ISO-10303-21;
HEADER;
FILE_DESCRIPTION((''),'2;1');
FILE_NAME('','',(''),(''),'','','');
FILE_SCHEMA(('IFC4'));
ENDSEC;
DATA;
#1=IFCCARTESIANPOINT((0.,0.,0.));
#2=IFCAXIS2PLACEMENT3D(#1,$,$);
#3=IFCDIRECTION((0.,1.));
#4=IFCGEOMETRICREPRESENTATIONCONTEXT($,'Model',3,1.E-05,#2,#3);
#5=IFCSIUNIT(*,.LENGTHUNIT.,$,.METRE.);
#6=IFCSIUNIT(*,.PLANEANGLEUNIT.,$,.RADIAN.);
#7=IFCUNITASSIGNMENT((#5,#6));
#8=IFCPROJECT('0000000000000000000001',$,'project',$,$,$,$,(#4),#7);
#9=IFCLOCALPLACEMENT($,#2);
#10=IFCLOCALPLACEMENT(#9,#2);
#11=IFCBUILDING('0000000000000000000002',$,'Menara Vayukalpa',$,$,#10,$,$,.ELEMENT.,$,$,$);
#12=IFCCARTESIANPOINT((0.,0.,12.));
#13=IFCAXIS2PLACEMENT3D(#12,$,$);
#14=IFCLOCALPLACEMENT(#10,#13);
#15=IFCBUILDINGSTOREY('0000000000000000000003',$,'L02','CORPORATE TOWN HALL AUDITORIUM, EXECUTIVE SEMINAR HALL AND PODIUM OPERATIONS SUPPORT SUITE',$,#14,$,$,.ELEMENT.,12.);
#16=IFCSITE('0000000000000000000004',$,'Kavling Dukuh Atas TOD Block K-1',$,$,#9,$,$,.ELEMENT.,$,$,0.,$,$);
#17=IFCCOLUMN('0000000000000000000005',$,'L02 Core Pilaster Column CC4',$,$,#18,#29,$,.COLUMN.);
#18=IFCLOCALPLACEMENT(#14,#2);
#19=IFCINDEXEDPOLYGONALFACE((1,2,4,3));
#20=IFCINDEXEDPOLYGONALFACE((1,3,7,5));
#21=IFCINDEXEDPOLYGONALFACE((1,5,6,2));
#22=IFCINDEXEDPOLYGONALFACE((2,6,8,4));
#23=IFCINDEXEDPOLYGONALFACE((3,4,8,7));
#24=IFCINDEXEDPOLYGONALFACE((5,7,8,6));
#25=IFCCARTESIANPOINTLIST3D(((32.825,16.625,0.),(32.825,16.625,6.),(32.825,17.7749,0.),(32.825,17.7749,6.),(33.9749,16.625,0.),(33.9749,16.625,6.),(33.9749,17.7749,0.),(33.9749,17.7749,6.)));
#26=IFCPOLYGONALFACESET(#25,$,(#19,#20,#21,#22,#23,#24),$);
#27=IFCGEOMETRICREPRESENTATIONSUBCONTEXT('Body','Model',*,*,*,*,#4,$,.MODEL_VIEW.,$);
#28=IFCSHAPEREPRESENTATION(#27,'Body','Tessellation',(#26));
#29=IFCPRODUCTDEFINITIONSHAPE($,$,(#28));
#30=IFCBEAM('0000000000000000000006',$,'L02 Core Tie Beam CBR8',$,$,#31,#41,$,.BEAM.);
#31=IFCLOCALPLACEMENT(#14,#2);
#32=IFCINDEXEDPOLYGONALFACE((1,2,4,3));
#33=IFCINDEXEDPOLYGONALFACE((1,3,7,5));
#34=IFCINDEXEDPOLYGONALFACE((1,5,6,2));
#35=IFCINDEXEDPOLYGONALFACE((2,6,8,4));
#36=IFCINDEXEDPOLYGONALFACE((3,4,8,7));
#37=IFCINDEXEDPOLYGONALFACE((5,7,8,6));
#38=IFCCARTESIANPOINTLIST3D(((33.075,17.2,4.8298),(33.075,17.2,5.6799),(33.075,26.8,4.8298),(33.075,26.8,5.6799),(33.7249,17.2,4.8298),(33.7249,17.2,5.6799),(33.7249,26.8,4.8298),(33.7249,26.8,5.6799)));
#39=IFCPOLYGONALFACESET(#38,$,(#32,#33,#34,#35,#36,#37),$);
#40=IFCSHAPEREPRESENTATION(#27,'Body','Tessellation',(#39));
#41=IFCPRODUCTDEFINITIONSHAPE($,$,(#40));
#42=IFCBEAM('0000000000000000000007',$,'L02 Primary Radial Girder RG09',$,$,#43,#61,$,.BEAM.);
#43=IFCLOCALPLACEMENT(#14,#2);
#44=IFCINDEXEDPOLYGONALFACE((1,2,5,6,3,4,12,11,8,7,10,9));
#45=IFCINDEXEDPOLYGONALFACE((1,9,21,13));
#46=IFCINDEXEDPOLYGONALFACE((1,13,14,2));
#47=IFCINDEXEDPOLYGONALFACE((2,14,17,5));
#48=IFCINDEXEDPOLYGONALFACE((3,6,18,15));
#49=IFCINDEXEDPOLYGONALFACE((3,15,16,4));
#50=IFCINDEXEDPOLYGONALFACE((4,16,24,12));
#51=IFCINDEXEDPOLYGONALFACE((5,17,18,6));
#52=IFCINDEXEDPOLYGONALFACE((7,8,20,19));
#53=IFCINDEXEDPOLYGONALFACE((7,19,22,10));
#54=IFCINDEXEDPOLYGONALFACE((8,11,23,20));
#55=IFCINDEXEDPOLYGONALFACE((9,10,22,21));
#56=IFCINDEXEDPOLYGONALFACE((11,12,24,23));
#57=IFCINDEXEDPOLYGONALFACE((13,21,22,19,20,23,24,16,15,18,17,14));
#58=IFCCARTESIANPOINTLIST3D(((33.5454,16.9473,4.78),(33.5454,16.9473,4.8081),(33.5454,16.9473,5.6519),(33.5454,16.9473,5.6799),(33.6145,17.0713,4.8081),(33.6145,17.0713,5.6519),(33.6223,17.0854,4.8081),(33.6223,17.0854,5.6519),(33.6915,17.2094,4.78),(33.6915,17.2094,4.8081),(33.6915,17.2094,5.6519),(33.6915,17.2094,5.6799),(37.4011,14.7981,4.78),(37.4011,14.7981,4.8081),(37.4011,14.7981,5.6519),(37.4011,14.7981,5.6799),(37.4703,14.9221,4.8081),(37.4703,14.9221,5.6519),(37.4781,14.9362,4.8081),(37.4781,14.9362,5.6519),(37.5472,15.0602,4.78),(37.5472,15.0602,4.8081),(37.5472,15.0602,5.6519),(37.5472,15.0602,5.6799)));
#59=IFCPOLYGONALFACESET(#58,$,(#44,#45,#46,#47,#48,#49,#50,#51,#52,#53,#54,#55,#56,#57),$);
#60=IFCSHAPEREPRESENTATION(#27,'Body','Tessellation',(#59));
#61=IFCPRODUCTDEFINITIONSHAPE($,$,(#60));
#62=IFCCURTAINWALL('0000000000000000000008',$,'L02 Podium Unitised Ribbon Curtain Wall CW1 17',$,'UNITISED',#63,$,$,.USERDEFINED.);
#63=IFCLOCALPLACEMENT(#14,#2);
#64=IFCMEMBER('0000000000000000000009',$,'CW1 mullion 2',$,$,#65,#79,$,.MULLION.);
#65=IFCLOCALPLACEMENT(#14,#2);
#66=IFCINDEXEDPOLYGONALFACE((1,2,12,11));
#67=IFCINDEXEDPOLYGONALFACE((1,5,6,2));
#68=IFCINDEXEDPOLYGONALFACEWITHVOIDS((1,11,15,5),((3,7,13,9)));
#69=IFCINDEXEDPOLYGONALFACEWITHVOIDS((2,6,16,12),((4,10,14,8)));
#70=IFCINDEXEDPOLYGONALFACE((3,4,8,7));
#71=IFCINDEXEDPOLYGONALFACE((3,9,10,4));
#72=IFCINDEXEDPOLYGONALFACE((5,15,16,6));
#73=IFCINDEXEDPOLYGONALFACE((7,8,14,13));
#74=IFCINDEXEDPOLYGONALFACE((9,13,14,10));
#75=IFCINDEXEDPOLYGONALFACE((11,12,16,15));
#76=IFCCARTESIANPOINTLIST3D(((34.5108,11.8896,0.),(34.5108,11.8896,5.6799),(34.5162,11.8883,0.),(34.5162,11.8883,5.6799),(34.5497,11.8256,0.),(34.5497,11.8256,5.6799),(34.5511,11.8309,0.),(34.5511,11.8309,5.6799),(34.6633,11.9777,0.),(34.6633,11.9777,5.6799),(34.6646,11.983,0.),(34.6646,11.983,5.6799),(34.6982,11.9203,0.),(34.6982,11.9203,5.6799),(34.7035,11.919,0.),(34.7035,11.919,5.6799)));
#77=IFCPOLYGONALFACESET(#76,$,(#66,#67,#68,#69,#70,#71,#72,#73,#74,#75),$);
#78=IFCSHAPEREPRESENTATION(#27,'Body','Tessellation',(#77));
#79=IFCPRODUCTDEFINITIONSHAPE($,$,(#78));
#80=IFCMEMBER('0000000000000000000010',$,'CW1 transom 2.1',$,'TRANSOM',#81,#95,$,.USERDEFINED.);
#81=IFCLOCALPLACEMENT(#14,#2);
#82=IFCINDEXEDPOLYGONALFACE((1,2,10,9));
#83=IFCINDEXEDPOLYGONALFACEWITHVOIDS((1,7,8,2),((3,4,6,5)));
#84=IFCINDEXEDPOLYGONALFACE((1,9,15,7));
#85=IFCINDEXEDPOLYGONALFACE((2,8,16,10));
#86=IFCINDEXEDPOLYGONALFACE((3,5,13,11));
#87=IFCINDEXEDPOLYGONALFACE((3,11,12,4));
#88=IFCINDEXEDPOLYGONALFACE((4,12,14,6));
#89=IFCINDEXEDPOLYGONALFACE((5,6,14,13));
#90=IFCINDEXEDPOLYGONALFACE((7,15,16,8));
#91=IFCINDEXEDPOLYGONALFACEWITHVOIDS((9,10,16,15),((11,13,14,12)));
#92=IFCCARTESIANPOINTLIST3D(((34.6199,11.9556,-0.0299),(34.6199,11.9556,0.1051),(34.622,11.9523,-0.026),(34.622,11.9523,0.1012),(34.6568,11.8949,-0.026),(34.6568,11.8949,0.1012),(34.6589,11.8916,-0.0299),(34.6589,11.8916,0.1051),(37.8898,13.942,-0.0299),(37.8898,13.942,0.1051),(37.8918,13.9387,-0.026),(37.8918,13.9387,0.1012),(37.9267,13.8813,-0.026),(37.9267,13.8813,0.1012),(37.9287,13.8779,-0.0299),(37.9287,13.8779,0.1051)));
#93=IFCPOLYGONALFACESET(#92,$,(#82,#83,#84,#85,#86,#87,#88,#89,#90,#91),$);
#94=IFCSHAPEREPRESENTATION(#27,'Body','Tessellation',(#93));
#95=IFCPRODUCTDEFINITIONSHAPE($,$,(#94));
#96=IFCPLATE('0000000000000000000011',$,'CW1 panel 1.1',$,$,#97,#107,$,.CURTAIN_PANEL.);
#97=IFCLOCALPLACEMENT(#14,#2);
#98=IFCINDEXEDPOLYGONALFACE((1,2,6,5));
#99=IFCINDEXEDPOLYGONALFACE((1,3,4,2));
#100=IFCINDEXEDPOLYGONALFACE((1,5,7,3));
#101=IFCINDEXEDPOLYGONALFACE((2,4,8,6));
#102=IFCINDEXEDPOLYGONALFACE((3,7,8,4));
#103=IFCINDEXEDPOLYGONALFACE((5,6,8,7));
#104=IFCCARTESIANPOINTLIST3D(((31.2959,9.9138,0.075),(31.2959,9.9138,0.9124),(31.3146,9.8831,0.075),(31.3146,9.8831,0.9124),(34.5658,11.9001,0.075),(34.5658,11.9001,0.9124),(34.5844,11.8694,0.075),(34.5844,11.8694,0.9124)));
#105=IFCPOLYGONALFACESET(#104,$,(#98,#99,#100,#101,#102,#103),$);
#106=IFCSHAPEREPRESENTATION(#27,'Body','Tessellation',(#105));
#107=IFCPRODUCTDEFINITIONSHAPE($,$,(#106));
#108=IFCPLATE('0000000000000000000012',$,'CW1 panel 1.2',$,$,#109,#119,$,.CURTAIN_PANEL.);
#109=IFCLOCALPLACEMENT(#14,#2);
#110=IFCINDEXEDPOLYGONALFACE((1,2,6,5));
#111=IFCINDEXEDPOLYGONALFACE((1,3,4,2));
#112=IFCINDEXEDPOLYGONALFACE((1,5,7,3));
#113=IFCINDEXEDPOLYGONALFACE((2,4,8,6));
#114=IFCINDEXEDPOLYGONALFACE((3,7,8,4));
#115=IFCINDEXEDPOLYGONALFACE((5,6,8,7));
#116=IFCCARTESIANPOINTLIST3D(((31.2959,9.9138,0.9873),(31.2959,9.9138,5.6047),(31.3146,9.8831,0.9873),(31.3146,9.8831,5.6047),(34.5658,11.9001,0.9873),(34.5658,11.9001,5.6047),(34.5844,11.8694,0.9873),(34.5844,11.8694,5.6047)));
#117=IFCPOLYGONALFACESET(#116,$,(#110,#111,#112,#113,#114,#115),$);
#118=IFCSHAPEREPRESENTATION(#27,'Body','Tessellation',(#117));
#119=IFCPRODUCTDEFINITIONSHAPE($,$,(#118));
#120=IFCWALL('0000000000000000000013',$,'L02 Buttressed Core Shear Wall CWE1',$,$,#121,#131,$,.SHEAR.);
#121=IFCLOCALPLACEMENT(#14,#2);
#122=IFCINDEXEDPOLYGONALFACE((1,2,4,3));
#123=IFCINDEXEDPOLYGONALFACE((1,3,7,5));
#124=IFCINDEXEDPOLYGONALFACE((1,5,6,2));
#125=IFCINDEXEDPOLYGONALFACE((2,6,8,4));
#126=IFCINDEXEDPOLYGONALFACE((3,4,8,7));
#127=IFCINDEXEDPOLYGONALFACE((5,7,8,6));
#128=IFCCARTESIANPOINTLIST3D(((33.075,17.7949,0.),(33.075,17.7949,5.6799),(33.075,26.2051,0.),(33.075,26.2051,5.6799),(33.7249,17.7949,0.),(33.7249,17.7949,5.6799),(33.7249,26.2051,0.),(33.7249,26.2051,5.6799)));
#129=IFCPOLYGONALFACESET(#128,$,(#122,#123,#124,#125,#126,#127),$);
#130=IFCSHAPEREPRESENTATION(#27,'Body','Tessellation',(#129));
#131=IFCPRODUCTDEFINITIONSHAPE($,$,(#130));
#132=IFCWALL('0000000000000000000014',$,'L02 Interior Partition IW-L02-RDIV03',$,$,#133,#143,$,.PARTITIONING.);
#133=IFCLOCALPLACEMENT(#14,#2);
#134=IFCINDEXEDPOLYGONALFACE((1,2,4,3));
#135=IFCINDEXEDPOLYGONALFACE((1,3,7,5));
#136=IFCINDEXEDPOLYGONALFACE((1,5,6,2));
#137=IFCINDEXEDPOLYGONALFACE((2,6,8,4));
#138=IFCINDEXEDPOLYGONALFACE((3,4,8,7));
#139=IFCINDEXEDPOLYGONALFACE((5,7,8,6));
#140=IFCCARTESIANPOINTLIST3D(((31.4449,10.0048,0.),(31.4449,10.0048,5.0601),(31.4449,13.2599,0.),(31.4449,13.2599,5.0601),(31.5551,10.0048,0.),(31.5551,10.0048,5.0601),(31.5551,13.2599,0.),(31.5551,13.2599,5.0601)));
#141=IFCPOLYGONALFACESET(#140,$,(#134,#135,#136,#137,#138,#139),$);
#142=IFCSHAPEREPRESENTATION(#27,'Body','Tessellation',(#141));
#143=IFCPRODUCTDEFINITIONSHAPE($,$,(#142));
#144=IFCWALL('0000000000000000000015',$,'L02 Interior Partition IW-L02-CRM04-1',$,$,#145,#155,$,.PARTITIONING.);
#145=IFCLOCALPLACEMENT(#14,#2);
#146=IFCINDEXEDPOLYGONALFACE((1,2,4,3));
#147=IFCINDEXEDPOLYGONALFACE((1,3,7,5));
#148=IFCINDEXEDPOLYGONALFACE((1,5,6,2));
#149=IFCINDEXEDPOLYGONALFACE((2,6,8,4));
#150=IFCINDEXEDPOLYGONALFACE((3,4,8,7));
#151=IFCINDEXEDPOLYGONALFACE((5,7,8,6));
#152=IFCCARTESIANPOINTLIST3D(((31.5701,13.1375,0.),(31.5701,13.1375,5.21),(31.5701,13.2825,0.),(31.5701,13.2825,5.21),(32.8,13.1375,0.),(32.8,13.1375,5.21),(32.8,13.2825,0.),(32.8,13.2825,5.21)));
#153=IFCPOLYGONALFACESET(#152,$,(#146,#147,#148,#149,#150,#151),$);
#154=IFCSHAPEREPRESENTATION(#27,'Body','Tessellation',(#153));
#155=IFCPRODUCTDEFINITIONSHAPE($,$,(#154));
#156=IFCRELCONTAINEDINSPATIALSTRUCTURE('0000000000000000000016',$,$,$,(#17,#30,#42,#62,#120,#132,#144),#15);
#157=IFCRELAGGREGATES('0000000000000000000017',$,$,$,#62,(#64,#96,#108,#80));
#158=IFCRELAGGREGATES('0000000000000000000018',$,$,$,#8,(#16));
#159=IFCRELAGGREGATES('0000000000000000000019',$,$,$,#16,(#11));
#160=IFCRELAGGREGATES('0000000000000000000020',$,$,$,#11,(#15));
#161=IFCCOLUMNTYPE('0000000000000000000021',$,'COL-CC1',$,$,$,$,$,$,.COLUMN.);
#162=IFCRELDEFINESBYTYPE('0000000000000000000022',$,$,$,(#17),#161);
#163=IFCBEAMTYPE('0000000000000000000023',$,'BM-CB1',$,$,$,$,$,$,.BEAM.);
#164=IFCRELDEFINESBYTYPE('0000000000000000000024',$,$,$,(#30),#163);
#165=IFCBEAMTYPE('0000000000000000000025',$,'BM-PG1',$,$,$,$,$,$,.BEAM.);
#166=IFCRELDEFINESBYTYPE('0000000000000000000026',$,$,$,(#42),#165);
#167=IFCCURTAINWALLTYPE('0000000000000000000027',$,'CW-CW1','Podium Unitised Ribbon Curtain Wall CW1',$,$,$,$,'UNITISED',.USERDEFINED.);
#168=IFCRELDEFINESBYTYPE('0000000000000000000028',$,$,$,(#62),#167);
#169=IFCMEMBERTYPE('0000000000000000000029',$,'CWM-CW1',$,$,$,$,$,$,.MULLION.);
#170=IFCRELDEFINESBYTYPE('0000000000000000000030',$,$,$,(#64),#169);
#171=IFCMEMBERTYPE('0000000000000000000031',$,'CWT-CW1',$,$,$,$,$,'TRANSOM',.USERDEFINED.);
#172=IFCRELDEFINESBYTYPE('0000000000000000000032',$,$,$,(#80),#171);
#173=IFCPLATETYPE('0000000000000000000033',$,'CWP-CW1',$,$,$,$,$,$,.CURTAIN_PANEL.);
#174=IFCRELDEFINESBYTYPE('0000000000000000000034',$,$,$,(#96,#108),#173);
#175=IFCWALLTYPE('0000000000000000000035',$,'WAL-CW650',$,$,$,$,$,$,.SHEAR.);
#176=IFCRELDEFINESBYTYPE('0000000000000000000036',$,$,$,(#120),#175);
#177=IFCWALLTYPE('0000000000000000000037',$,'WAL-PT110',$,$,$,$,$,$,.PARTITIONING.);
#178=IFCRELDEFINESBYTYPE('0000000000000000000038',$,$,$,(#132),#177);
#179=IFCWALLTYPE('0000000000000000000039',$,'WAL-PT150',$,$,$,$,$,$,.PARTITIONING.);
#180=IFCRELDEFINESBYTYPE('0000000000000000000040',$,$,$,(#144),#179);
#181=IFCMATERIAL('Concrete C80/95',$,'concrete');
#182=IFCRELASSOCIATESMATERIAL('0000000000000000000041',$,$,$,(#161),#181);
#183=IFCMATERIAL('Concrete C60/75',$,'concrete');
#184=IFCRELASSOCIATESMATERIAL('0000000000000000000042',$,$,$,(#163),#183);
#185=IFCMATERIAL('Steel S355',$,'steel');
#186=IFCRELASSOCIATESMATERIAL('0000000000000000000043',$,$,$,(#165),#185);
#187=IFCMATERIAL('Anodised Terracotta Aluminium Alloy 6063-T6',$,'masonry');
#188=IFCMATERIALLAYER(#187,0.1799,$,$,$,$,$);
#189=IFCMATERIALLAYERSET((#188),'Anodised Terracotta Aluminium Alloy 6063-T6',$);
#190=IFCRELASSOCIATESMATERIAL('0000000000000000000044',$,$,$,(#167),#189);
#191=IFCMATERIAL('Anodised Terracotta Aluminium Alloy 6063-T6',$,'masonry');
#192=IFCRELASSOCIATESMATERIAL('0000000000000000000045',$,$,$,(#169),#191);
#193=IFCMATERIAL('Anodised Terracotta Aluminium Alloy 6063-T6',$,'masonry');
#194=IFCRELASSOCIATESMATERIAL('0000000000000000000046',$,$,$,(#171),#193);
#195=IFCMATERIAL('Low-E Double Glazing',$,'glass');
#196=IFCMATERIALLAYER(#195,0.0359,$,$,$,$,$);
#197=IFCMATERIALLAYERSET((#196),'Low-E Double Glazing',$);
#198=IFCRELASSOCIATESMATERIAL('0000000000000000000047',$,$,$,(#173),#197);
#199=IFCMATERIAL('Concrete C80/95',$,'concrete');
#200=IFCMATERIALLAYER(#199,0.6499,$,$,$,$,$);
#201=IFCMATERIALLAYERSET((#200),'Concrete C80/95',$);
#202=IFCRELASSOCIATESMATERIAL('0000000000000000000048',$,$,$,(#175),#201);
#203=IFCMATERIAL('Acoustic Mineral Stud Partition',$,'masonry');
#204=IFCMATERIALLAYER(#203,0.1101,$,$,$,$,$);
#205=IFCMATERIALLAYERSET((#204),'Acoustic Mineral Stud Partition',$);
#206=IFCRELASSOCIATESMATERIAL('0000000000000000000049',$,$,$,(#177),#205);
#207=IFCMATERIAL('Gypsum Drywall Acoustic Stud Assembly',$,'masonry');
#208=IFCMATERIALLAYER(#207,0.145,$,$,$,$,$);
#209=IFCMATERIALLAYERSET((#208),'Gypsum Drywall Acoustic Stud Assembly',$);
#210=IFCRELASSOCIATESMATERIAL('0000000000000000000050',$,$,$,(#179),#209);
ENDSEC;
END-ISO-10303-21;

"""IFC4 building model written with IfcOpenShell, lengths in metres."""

from ifc_helpers import new_model, si_unit, direction, frame, frame_2d, origin, origin_2d, place, context, subcontext, project, spatial, rectangle, hollow_rectangle, i_section, extrude, material, layer, layer_set, material_profile, profile_set, type_object, element, aggregate, save


model = new_model("IFC4")

# Units and contexts
model_context = context("Model", 3, precision=1e-05, world=origin(), true_north=direction((0.0, 1.0)))
body_context = subcontext(model_context, "Body", "Model", "MODEL_VIEW")
ifc_project = project(units=[si_unit("LENGTHUNIT", "METRE"), si_unit("PLANEANGLEUNIT", "RADIAN")], contexts=[model_context])

# Site, building, storey
site_placement = place(None, origin())
site = spatial("IfcSite", under=ifc_project, at=site_placement, Name="Kavling Dukuh Atas TOD Block K-1", CompositionType="ELEMENT", RefElevation=0.0)
building_placement = place(site_placement, origin())
building = spatial("IfcBuilding", under=site, at=building_placement, Name="Menara Vayukalpa", CompositionType="ELEMENT")
storey_placement = place(building_placement, frame((0.0, 0.0, 12.0)))
storey = spatial("IfcBuildingStorey", under=building, at=storey_placement, Name="L02", Description="CORPORATE TOWN HALL AUDITORIUM, EXECUTIVE SEMINAR HALL AND PODIUM OPERATIONS SUPPORT SUITE", CompositionType="ELEMENT", Elevation=12.0)

# Column
ifc_material_1 = material(Name="Concrete C80/95", Category="concrete")
ifc_material_profile_1 = material_profile(ifc_material_1, rectangle(XDim=1.1499, YDim=1.1499, at=origin_2d()), Name="RC 1150x1150")
ifc_profile_set_1 = profile_set([ifc_material_profile_1], Name="Concrete C80/95")
column_type = type_object("IfcColumnType", Name="COL-CC1", PredefinedType="COLUMN", material=ifc_profile_set_1)
column_placement = place(storey_placement, frame((33.3999, 17.2, 0.0), z_axis=(0.0, 0.0, 1.0), x_axis=(1.0, 0.0, 0.0)))
element("IfcColumn", 1, at=column_placement, inside=storey, type_object=column_type, Name="L02 Core Pilaster Column CC4", PredefinedType="COLUMN", context=body_context, shape_type="SweptSolid", body=[
    extrude(rectangle(XDim=1.1499, YDim=1.1499, at=origin_2d()), origin(), (0.0, 0.0, 1.0), 6.0),
])

# Beams
ifc_material_2 = material(Name="Concrete C60/75", Category="concrete")
ifc_material_profile_2 = material_profile(ifc_material_2, rectangle(XDim=0.6499, YDim=0.8501, at=origin_2d()), Name="RC 650x850")
ifc_profile_set_2 = profile_set([ifc_material_profile_2], Name="Concrete C60/75")
beam_type_1 = type_object("IfcBeamType", Name="BM-CB1", PredefinedType="BEAM", material=ifc_profile_set_2)
beam_1_placement = place(storey_placement, frame((33.3999, 17.2, 5.2549), z_axis=(0.0, 1.0, 0.0), x_axis=(-1.0, 0.0, 0.0)))
element("IfcBeam", 2, at=beam_1_placement, inside=storey, type_object=beam_type_1, Name="L02 Core Tie Beam CBR8", PredefinedType="BEAM", context=body_context, shape_type="SweptSolid", body=[
    extrude(rectangle(XDim=0.6499, YDim=0.8501, at=origin_2d()), origin(), (0.0, 0.0, 1.0), 9.6001),
])
ifc_material_3 = material(Name="Steel S355", Category="steel")
ifc_material_profile_3 = material_profile(ifc_material_3, i_section(OverallWidth=0.3, OverallDepth=0.8999, WebThickness=0.0161, FlangeThickness=0.0281, at=origin_2d()), Name="WF 900x300x16x28")
ifc_profile_set_3 = profile_set([ifc_material_profile_3], Name="Steel S355")
beam_type_2 = type_object("IfcBeamType", Name="BM-PG1", PredefinedType="BEAM", material=ifc_profile_set_3)
beam_2_placement = place(storey_placement, frame((33.6184, 17.0784, 5.23), z_axis=(0.873473, -0.486873, 0.0), x_axis=(0.486873, 0.873473, 0.0)))
element("IfcBeam", 3, at=beam_2_placement, inside=storey, type_object=beam_type_2, Name="L02 Primary Radial Girder RG09", PredefinedType="BEAM", context=body_context, shape_type="SweptSolid", body=[
    extrude(i_section(OverallWidth=0.3, OverallDepth=0.8999, WebThickness=0.0161, FlangeThickness=0.0281, at=origin_2d()), origin(), (0.0, 0.0, 1.0), 4.4143),
])

# Curtain wall, members, plates
ifc_material_4 = material(Name="Anodised Terracotta Aluminium Alloy 6063-T6", Category="masonry")
ifc_layer_1 = layer(ifc_material_4, 0.1799)
ifc_layer_set_1 = layer_set([ifc_layer_1], Name="Anodised Terracotta Aluminium Alloy 6063-T6")
curtain_wall_type = type_object("IfcCurtainWallType", Name="CW-CW1", Description="Podium Unitised Ribbon Curtain Wall CW1", ElementType="UNITISED", PredefinedType="USERDEFINED", material=ifc_layer_set_1)
curtain_wall_placement = place(storey_placement, origin())
curtain_wall = element("IfcCurtainWall", 4, at=curtain_wall_placement, inside=storey, type_object=curtain_wall_type, Name="L02 Podium Unitised Ribbon Curtain Wall CW1 17", ObjectType="UNITISED", PredefinedType="USERDEFINED")
ifc_material_5 = material(Name="Anodised Terracotta Aluminium Alloy 6063-T6", Category="masonry")
ifc_material_profile_4 = material_profile(ifc_material_5, hollow_rectangle(XDim=0.075, YDim=0.1799, WallThickness=0.0039, at=origin_2d()), Name="ALU 75x180x4")
ifc_profile_set_4 = profile_set([ifc_material_profile_4], Name="Anodised Terracotta Aluminium Alloy 6063-T6")
member_type_1 = type_object("IfcMemberType", Name="CWM-CW1", PredefinedType="MULLION", material=ifc_profile_set_4)
member_1_placement = place(storey_placement, frame((34.6072, 11.9043, 0.0), z_axis=(0.0, 0.0, 1.0), x_axis=(-0.51918, 0.854665, 0.0)))
member_1 = element("IfcMember", 5, at=member_1_placement, type_object=member_type_1, Name="CW1 mullion 2", PredefinedType="MULLION", context=body_context, shape_type="SweptSolid", body=[
    extrude(hollow_rectangle(XDim=0.075, YDim=0.1799, WallThickness=0.0039, at=origin_2d()), origin(), (0.0, 0.0, 1.0), 5.6799),
])
ifc_material_6 = material(Name="Anodised Terracotta Aluminium Alloy 6063-T6", Category="masonry")
ifc_material_profile_5 = material_profile(ifc_material_6, hollow_rectangle(XDim=0.075, YDim=0.135, WallThickness=0.0039, at=origin_2d()), Name="ALU 75x135x4")
ifc_profile_set_5 = profile_set([ifc_material_profile_5], Name="Anodised Terracotta Aluminium Alloy 6063-T6")
member_type_2 = type_object("IfcMemberType", Name="CWT-CW1", ElementType="TRANSOM", PredefinedType="USERDEFINED", material=ifc_profile_set_5)
member_2_placement = place(storey_placement, frame((34.6394, 11.9236, 0.0376), z_axis=(0.854659, 0.51919, 0.0), x_axis=(-0.51919, 0.854659, 0.0)))
member_2 = element("IfcMember", 6, at=member_2_placement, type_object=member_type_2, Name="CW1 transom 2.1", ObjectType="TRANSOM", PredefinedType="USERDEFINED", context=body_context, shape_type="SweptSolid", body=[
    extrude(hollow_rectangle(XDim=0.075, YDim=0.135, WallThickness=0.0039, at=origin_2d()), origin(), (0.0, 0.0, 1.0), 3.8259),
])
ifc_material_7 = material(Name="Low-E Double Glazing", Category="glass")
ifc_layer_2 = layer(ifc_material_7, 0.0359)
ifc_layer_set_2 = layer_set([ifc_layer_2], Name="Low-E Double Glazing")
plate_type = type_object("IfcPlateType", Name="CWP-CW1", PredefinedType="CURTAIN_PANEL", material=ifc_layer_set_2)
plate_1_placement = place(storey_placement, frame((32.9402, 10.8916, 0.075), z_axis=(0.0, 0.0, 1.0), x_axis=(0.854665, 0.51918, 0.0)))
plate_1 = element("IfcPlate", 7, at=plate_1_placement, type_object=plate_type, Name="CW1 panel 1.1", PredefinedType="CURTAIN_PANEL", context=body_context, shape_type="SweptSolid", body=[
    extrude(rectangle(XDim=3.8259, YDim=0.0359, at=origin_2d()), origin(), (0.0, 0.0, 1.0), 0.8374),
])
plate_2_placement = place(storey_placement, frame((32.9402, 10.8916, 0.9873), z_axis=(0.0, 0.0, 1.0), x_axis=(0.854665, 0.51918, 0.0)))
plate_2 = element("IfcPlate", 8, at=plate_2_placement, type_object=plate_type, Name="CW1 panel 1.2", PredefinedType="CURTAIN_PANEL", context=body_context, shape_type="SweptSolid", body=[
    extrude(rectangle(XDim=3.8259, YDim=0.0359, at=origin_2d()), origin(), (0.0, 0.0, 1.0), 4.6174),
])
aggregate(curtain_wall, [member_1, plate_1, plate_2, member_2])

# Walls
ifc_material_8 = material(Name="Concrete C80/95", Category="concrete")
ifc_layer_3 = layer(ifc_material_8, 0.6499)
ifc_layer_set_3 = layer_set([ifc_layer_3], Name="Concrete C80/95")
wall_type_1 = type_object("IfcWallType", Name="WAL-CW650", PredefinedType="SHEAR", material=ifc_layer_set_3)
wall_1_placement = place(storey_placement, frame((33.3999, 17.7949, 0.0), z_axis=(0.0, 0.0, 1.0), x_axis=(0.0, 1.0, 0.0)))
element("IfcWall", 9, at=wall_1_placement, inside=storey, type_object=wall_type_1, Name="L02 Buttressed Core Shear Wall CWE1", PredefinedType="SHEAR", context=body_context, shape_type="SweptSolid", body=[
    extrude(rectangle(XDim=8.4102, YDim=0.6499, at=frame_2d((4.2051, 0.0))), origin(), (0.0, 0.0, 1.0), 5.6799),
])
ifc_material_9 = material(Name="Acoustic Mineral Stud Partition", Category="masonry")
ifc_layer_4 = layer(ifc_material_9, 0.1101)
ifc_layer_set_4 = layer_set([ifc_layer_4], Name="Acoustic Mineral Stud Partition")
wall_type_2 = type_object("IfcWallType", Name="WAL-PT110", PredefinedType="PARTITIONING", material=ifc_layer_set_4)
wall_2_placement = place(storey_placement, frame((31.5, 10.0049, 0.0), z_axis=(0.0, 0.0, 1.0), x_axis=(0.0, 1.0, 0.0)))
element("IfcWall", 10, at=wall_2_placement, inside=storey, type_object=wall_type_2, Name="L02 Interior Partition IW-L02-RDIV03", PredefinedType="PARTITIONING", context=body_context, shape_type="SweptSolid", body=[
    extrude(rectangle(XDim=3.2551, YDim=0.1101, at=frame_2d((1.6274, 0.0))), origin(), (0.0, 0.0, 1.0), 5.0601),
])
ifc_material_10 = material(Name="Gypsum Drywall Acoustic Stud Assembly", Category="masonry")
ifc_layer_5 = layer(ifc_material_10, 0.145)
ifc_layer_set_5 = layer_set([ifc_layer_5], Name="Gypsum Drywall Acoustic Stud Assembly")
wall_type_3 = type_object("IfcWallType", Name="WAL-PT150", PredefinedType="PARTITIONING", material=ifc_layer_set_5)
wall_3_placement = place(storey_placement, frame((31.5701, 13.21, 0.0), z_axis=(0.0, 0.0, 1.0), x_axis=(1.0, 0.0, 0.0)))
element("IfcWall", 11, at=wall_3_placement, inside=storey, type_object=wall_type_3, Name="L02 Interior Partition IW-L02-CRM04-1", PredefinedType="PARTITIONING", context=body_context, shape_type="SweptSolid", body=[
    extrude(rectangle(XDim=1.23, YDim=0.145, at=frame_2d((0.615, 0.0))), origin(), (0.0, 0.0, 1.0), 5.21),
])

save(model, "model.ifc")
